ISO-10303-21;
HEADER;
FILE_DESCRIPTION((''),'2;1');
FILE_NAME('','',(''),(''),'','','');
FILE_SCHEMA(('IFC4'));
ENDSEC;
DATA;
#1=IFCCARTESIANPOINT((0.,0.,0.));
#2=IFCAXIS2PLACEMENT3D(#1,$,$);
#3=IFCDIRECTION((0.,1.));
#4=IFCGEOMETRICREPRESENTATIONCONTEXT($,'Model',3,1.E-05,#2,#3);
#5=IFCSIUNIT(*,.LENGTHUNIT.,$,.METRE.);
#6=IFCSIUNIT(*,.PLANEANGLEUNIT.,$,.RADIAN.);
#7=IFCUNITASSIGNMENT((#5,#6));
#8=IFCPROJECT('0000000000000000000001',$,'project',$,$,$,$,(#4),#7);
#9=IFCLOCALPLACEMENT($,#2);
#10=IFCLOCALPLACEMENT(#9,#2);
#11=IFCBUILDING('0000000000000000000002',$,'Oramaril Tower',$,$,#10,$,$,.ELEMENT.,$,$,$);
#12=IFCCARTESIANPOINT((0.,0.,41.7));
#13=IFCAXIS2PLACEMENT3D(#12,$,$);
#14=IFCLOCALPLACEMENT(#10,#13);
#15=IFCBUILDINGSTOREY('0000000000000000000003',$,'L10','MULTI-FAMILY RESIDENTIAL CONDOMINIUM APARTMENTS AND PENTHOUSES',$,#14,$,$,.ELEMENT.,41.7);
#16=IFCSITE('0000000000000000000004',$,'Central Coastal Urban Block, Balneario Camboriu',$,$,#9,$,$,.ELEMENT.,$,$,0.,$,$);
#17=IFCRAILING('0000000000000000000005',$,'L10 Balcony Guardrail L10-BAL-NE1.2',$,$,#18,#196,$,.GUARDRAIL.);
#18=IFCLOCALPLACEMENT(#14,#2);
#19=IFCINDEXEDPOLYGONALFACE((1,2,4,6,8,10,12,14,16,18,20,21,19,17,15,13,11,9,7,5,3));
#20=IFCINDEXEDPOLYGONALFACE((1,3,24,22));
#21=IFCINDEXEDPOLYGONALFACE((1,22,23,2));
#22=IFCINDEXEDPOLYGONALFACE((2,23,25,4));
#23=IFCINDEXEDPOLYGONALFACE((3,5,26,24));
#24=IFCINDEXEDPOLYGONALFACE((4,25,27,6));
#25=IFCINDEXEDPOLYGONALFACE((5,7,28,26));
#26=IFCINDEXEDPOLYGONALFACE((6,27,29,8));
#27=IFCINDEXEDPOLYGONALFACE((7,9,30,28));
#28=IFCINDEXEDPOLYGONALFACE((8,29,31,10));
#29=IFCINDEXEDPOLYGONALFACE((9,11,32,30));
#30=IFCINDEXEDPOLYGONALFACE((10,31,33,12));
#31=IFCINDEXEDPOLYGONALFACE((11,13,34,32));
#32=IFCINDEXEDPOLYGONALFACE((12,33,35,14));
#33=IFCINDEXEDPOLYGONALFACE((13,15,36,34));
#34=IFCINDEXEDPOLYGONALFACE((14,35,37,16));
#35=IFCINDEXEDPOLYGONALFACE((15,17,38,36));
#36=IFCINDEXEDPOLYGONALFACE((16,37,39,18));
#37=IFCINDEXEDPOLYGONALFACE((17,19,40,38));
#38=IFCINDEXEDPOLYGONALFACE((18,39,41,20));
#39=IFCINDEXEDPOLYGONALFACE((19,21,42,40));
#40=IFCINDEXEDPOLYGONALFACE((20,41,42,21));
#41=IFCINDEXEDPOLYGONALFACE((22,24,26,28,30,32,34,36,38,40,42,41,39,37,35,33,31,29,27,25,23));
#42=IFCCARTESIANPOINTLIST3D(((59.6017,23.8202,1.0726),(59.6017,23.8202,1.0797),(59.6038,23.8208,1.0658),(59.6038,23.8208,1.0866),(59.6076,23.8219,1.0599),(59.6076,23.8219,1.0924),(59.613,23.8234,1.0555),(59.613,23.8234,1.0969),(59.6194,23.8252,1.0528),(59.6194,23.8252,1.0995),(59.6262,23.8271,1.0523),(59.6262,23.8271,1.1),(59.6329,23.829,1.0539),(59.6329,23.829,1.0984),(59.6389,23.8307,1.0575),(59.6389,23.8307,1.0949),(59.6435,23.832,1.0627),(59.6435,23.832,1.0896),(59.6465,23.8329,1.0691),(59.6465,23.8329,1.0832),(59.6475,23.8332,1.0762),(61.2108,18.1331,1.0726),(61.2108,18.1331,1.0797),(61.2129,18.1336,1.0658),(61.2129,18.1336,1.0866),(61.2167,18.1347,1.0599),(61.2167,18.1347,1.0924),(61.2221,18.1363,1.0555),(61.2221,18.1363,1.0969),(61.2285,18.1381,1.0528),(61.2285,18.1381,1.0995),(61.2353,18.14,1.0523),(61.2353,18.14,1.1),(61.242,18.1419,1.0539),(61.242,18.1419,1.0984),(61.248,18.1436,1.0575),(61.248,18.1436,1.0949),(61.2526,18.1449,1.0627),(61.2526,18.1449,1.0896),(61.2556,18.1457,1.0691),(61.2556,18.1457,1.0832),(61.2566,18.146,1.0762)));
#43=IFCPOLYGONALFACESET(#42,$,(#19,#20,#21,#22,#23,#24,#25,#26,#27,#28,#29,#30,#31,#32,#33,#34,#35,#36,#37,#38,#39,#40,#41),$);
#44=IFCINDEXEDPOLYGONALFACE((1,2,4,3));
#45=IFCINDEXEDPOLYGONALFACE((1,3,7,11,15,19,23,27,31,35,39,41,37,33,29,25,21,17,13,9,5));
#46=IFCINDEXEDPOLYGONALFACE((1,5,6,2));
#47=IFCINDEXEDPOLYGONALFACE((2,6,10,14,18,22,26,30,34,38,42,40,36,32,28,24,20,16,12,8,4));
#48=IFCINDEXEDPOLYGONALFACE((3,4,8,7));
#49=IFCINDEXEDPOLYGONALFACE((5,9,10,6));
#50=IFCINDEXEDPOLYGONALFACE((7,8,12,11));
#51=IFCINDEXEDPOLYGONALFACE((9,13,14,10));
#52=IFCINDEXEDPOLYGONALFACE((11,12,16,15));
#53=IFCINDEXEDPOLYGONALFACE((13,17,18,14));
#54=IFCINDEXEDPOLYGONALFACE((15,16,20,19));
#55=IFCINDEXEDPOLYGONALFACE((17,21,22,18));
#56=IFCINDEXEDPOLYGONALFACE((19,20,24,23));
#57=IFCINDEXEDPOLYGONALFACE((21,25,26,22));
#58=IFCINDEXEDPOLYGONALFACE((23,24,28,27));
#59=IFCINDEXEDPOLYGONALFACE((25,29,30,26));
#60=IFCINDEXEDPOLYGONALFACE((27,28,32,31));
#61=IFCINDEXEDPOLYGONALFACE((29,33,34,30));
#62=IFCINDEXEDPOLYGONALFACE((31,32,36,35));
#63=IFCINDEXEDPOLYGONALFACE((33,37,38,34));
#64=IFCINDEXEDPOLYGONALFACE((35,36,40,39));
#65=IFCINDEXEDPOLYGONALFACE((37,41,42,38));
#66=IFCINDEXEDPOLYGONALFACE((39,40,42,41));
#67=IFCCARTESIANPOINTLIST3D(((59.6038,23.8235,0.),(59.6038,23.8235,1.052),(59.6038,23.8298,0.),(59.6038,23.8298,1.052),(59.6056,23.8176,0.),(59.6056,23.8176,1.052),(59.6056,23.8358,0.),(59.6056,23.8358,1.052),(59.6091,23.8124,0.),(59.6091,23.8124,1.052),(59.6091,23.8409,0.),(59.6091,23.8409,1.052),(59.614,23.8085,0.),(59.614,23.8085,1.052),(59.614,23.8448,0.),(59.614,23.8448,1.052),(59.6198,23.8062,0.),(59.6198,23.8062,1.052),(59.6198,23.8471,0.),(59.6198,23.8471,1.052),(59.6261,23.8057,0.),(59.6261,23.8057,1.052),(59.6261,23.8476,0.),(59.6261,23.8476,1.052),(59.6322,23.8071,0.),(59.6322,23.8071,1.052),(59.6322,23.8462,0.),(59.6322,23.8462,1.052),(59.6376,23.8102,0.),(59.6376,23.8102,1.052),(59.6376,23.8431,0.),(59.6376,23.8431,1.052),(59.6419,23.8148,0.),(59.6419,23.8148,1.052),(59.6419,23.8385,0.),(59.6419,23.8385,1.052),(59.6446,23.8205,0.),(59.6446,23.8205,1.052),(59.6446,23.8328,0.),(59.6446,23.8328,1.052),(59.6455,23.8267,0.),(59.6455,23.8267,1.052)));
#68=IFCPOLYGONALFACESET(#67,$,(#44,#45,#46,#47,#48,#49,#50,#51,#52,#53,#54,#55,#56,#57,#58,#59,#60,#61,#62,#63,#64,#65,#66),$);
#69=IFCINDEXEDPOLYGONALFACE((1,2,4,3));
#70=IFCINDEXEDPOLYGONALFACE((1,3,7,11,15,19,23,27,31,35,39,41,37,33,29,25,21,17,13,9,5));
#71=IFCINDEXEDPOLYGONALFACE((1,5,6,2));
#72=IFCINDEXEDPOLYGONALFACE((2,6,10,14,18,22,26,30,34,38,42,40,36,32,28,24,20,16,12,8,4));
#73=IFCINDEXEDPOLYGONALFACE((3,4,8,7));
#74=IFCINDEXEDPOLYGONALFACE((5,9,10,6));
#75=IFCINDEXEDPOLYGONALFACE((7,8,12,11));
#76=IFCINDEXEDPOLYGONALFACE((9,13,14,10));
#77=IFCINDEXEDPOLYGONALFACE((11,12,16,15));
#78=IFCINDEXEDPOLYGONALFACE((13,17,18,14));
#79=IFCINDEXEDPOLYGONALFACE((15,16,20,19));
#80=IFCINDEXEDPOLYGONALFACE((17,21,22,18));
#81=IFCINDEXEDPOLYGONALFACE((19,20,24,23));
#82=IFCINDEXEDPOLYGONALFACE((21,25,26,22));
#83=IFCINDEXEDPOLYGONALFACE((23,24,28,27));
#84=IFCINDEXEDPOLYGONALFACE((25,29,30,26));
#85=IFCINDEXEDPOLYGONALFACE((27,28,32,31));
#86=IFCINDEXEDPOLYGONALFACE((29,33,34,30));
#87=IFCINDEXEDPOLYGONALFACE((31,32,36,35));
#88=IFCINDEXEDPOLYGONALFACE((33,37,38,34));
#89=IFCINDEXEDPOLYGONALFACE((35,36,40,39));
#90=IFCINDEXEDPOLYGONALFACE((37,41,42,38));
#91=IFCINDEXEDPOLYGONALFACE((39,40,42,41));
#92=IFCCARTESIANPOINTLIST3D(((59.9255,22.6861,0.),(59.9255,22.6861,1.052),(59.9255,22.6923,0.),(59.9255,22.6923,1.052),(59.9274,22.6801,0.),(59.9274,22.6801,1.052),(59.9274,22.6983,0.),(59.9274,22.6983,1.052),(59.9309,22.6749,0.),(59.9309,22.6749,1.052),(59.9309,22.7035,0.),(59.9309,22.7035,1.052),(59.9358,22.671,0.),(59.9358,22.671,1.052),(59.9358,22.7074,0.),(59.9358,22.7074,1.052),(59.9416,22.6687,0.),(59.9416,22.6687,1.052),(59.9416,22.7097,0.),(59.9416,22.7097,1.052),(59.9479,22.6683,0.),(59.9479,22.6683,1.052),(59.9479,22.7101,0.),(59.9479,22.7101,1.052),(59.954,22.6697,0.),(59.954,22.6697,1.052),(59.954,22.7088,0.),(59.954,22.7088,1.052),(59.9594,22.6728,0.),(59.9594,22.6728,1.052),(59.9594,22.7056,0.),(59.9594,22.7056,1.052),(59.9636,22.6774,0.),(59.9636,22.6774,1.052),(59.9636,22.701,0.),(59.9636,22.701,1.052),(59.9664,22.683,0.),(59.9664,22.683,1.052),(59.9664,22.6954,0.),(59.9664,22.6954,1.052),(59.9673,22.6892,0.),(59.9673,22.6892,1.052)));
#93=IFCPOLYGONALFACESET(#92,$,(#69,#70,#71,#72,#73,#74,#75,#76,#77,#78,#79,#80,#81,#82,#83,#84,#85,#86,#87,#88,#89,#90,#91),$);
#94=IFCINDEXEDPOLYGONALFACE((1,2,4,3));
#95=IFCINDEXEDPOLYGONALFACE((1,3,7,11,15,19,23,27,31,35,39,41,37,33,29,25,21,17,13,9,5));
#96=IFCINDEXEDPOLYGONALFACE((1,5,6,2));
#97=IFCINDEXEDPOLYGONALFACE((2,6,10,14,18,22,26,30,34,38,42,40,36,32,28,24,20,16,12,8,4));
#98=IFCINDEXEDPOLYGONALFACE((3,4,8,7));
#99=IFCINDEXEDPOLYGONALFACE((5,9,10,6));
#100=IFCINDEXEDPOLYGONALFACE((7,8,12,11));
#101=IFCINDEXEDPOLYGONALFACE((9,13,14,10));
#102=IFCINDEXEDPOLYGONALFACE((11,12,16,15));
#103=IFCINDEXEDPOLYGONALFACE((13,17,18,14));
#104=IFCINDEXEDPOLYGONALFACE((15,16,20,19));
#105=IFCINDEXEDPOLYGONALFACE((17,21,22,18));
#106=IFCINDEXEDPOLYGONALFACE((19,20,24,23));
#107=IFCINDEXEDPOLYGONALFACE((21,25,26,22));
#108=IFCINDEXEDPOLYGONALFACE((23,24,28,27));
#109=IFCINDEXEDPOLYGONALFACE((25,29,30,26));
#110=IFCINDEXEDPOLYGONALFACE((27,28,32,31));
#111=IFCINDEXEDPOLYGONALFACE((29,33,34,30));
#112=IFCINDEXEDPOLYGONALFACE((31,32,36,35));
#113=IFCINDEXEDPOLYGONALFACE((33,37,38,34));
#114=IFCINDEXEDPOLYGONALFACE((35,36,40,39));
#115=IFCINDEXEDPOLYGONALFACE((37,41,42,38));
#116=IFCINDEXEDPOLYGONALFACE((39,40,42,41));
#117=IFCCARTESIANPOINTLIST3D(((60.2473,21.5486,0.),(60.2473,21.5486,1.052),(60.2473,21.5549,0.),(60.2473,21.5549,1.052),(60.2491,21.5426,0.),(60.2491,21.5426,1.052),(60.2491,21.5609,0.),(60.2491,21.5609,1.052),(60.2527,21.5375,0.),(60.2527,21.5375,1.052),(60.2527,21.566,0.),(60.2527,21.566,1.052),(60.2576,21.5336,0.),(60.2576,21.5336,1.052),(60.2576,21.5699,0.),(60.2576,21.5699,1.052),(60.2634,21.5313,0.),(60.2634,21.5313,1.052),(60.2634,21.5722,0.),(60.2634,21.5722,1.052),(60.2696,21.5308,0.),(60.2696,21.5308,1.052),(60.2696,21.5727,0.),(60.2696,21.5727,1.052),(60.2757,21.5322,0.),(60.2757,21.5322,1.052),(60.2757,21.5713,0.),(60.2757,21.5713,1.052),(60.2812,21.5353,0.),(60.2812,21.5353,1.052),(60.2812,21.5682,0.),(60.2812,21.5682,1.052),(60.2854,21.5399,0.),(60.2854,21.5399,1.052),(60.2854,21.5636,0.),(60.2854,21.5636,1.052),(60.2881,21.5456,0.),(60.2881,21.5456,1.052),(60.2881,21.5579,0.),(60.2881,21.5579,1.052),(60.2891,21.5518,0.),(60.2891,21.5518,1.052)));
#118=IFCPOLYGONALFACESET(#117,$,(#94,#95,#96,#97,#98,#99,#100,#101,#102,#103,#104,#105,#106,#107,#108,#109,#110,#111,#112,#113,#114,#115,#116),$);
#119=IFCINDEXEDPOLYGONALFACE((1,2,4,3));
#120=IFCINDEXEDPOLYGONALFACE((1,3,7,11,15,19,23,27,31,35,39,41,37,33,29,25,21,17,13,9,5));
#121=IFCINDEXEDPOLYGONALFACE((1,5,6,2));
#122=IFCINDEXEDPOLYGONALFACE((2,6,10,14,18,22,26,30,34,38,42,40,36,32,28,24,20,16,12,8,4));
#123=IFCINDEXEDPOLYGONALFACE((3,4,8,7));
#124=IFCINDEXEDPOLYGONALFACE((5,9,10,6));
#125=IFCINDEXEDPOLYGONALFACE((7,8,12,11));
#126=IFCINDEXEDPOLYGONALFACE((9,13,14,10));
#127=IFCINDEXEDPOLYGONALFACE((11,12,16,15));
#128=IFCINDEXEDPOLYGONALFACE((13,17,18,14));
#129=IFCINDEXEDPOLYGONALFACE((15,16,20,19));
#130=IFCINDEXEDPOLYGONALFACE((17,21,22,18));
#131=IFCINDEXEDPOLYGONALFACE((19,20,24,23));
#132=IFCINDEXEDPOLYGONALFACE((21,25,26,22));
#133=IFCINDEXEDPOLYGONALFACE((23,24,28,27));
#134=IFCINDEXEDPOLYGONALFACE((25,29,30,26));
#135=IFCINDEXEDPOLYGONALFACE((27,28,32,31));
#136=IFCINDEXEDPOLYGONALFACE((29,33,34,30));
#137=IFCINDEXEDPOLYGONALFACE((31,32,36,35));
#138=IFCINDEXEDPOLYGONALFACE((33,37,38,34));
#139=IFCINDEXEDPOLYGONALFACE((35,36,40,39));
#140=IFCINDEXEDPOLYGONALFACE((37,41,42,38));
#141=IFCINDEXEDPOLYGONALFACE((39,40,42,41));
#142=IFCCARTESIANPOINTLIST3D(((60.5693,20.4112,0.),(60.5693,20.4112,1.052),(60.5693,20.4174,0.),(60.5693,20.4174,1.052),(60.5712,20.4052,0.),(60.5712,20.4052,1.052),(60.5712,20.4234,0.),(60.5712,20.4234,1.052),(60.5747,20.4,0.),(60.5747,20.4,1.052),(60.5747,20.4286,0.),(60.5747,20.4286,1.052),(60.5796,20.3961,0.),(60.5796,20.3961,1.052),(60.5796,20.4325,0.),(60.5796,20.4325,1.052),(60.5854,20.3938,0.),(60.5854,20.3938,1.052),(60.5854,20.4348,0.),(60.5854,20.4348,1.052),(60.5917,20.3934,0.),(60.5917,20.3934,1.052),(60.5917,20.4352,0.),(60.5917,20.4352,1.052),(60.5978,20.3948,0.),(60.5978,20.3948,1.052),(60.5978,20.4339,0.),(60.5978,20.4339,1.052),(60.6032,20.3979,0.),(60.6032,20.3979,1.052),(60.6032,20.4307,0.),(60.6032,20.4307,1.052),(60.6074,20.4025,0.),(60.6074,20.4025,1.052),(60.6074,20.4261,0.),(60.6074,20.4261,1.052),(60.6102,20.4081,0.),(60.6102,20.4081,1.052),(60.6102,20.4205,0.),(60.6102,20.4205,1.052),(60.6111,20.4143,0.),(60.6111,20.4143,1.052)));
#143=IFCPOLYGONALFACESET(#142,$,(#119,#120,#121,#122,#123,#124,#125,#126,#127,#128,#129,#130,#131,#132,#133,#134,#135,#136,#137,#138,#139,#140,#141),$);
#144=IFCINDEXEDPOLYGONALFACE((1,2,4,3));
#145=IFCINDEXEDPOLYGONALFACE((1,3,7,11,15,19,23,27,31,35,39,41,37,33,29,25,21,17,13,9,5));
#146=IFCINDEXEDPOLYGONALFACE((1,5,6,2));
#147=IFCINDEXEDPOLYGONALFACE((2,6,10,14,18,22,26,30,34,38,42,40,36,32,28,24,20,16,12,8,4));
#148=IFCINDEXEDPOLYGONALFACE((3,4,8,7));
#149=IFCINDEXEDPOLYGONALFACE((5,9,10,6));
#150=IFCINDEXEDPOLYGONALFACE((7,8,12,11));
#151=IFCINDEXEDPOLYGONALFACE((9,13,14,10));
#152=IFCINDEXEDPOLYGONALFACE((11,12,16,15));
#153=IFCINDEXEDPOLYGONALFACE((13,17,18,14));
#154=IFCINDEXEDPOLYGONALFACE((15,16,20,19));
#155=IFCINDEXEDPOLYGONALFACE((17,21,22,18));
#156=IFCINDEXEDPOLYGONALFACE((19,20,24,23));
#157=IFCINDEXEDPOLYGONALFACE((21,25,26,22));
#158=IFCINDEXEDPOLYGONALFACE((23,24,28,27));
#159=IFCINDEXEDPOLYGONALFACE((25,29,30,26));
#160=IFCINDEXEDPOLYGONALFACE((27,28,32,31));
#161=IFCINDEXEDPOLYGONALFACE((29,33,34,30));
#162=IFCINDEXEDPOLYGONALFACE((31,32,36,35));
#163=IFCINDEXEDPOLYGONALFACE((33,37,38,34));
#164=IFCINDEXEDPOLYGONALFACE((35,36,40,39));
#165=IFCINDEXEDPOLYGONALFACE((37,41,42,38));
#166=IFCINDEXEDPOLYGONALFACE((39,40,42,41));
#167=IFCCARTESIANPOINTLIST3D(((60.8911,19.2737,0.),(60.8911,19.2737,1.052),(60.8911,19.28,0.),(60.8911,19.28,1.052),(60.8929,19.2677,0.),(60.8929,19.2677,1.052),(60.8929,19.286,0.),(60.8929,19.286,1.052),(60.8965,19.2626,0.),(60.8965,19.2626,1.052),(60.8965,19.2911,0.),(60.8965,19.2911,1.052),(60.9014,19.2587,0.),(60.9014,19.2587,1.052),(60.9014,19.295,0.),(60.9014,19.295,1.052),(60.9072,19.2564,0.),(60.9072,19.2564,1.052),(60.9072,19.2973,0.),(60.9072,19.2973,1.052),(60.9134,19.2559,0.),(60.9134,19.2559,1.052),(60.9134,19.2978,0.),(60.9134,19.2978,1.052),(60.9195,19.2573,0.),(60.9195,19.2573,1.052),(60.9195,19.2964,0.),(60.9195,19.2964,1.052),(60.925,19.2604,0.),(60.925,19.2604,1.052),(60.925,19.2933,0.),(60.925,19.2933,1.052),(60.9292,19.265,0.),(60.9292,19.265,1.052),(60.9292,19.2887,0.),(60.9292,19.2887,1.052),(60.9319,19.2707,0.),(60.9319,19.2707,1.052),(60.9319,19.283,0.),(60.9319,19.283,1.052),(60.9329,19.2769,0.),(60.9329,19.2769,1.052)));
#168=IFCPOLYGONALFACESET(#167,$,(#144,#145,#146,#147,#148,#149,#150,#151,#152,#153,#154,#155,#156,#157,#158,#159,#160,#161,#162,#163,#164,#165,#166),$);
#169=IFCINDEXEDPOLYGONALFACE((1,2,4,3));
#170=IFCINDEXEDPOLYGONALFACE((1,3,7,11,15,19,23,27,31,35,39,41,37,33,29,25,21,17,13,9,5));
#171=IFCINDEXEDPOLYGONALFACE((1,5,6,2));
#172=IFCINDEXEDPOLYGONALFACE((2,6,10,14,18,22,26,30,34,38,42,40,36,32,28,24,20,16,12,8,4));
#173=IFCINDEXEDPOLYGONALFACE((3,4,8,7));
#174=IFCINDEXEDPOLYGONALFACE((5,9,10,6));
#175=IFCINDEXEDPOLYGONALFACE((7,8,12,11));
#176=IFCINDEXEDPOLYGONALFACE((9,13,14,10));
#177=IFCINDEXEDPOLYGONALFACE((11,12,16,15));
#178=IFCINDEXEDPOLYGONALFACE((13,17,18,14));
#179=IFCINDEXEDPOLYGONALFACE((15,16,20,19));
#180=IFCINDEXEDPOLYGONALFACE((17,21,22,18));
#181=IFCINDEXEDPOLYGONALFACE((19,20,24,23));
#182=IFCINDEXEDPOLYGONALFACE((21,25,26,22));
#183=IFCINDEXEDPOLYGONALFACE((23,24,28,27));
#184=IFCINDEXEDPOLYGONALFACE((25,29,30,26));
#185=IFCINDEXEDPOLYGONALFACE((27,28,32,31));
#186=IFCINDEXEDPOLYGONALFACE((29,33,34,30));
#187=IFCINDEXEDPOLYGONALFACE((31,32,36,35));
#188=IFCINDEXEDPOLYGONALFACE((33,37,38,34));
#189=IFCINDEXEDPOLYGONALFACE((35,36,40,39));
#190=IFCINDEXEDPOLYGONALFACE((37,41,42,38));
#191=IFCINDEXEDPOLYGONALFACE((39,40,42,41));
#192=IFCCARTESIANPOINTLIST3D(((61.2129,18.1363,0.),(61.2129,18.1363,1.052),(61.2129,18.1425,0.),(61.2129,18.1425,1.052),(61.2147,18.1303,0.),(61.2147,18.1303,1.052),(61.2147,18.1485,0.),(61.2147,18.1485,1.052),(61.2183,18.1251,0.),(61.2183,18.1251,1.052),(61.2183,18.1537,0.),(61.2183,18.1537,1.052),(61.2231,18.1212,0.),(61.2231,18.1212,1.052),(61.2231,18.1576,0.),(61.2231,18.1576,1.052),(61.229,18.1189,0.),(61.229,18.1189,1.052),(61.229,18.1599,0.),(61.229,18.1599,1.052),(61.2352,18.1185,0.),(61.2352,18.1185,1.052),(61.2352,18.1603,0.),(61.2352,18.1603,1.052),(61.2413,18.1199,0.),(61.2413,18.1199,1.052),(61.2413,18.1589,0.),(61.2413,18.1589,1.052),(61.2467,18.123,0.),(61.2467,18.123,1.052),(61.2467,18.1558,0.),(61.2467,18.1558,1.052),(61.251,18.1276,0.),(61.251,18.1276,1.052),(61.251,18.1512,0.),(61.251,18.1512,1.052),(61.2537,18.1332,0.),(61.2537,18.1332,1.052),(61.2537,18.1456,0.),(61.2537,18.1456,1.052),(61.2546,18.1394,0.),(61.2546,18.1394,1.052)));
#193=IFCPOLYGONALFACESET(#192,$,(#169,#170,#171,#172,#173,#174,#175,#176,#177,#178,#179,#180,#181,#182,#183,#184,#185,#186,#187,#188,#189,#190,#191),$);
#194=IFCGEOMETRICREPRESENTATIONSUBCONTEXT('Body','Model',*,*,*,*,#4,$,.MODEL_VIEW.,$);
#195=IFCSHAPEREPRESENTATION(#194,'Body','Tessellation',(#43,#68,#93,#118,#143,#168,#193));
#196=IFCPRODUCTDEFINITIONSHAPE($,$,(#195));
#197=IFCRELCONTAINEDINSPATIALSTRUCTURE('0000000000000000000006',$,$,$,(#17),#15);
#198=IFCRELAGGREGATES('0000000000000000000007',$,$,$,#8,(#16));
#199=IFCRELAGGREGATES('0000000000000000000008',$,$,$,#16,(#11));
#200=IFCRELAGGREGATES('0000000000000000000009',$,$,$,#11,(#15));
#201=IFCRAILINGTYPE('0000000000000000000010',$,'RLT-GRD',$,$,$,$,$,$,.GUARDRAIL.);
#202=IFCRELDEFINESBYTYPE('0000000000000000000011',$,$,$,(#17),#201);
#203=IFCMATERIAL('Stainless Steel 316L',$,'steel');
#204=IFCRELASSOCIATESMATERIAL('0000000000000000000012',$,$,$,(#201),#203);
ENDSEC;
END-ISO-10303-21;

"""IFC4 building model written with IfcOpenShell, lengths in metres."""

from ifc_helpers import new_model, si_unit, direction, frame, origin, origin_2d, place, context, subcontext, project, spatial, circle, extrude, material, type_object, element, save


model = new_model("IFC4")

# Units and contexts
model_context = context("Model", 3, precision=1e-05, world=origin(), true_north=direction((0.0, 1.0)))
body_context = subcontext(model_context, "Body", "Model", "MODEL_VIEW")
ifc_project = project(units=[si_unit("LENGTHUNIT", "METRE"), si_unit("PLANEANGLEUNIT", "RADIAN")], contexts=[model_context])

# Site, building, storey
site_placement = place(None, origin())
site = spatial("IfcSite", under=ifc_project, at=site_placement, Name="Central Coastal Urban Block, Balneario Camboriu", CompositionType="ELEMENT", RefElevation=0.0)
building_placement = place(site_placement, origin())
building = spatial("IfcBuilding", under=site, at=building_placement, Name="Oramaril Tower", CompositionType="ELEMENT")
storey_placement = place(building_placement, frame((0.0, 0.0, 41.7)))
storey = spatial("IfcBuildingStorey", under=building, at=storey_placement, Name="L10", Description="MULTI-FAMILY RESIDENTIAL CONDOMINIUM APARTMENTS AND PENTHOUSES", CompositionType="ELEMENT", Elevation=41.7)

# Railing
ifc_material_1 = material(Name="Stainless Steel 316L", Category="steel")
railing_type = type_object("IfcRailingType", Name="RLT-GRD", PredefinedType="GUARDRAIL", material=ifc_material_1)
railing_1_placement = place(storey_placement, frame((59.6245, 23.8267, 0.0)))
element("IfcRailing", 1, at=railing_1_placement, inside=storey, type_object=railing_type, Name="L10 Balcony Guardrail L10-BAL-NE1.2", PredefinedType="GUARDRAIL", context=body_context, shape_type="SweptSolid", body=[
    extrude(circle(Radius=0.0239, at=origin_2d()), frame((0.0, 0.0, 1.0762), z_axis=(0.272249, -0.962227, 0.0), x_axis=(0.962227, 0.272249, 0.0)), (0.0, 0.0, 1.0), 5.9104),
    extrude(circle(Radius=0.021, at=origin_2d()), origin(), (0.0, 0.0, 1.0), 1.052),
    extrude(circle(Radius=0.021, at=origin_2d()), frame((0.3218, -1.1375, 0.0)), (0.0, 0.0, 1.0), 1.052),
    extrude(circle(Radius=0.021, at=origin_2d()), frame((0.6436, -2.2749, 0.0)), (0.0, 0.0, 1.0), 1.052),
    extrude(circle(Radius=0.021, at=origin_2d()), frame((0.9656, -3.4124, 0.0)), (0.0, 0.0, 1.0), 1.052),
    extrude(circle(Radius=0.021, at=origin_2d()), frame((1.2874, -4.5498, 0.0)), (0.0, 0.0, 1.0), 1.052),
    extrude(circle(Radius=0.021, at=origin_2d()), frame((1.6091, -5.6873, 0.0)), (0.0, 0.0, 1.0), 1.052),
])

save(model, "model.ifc")
